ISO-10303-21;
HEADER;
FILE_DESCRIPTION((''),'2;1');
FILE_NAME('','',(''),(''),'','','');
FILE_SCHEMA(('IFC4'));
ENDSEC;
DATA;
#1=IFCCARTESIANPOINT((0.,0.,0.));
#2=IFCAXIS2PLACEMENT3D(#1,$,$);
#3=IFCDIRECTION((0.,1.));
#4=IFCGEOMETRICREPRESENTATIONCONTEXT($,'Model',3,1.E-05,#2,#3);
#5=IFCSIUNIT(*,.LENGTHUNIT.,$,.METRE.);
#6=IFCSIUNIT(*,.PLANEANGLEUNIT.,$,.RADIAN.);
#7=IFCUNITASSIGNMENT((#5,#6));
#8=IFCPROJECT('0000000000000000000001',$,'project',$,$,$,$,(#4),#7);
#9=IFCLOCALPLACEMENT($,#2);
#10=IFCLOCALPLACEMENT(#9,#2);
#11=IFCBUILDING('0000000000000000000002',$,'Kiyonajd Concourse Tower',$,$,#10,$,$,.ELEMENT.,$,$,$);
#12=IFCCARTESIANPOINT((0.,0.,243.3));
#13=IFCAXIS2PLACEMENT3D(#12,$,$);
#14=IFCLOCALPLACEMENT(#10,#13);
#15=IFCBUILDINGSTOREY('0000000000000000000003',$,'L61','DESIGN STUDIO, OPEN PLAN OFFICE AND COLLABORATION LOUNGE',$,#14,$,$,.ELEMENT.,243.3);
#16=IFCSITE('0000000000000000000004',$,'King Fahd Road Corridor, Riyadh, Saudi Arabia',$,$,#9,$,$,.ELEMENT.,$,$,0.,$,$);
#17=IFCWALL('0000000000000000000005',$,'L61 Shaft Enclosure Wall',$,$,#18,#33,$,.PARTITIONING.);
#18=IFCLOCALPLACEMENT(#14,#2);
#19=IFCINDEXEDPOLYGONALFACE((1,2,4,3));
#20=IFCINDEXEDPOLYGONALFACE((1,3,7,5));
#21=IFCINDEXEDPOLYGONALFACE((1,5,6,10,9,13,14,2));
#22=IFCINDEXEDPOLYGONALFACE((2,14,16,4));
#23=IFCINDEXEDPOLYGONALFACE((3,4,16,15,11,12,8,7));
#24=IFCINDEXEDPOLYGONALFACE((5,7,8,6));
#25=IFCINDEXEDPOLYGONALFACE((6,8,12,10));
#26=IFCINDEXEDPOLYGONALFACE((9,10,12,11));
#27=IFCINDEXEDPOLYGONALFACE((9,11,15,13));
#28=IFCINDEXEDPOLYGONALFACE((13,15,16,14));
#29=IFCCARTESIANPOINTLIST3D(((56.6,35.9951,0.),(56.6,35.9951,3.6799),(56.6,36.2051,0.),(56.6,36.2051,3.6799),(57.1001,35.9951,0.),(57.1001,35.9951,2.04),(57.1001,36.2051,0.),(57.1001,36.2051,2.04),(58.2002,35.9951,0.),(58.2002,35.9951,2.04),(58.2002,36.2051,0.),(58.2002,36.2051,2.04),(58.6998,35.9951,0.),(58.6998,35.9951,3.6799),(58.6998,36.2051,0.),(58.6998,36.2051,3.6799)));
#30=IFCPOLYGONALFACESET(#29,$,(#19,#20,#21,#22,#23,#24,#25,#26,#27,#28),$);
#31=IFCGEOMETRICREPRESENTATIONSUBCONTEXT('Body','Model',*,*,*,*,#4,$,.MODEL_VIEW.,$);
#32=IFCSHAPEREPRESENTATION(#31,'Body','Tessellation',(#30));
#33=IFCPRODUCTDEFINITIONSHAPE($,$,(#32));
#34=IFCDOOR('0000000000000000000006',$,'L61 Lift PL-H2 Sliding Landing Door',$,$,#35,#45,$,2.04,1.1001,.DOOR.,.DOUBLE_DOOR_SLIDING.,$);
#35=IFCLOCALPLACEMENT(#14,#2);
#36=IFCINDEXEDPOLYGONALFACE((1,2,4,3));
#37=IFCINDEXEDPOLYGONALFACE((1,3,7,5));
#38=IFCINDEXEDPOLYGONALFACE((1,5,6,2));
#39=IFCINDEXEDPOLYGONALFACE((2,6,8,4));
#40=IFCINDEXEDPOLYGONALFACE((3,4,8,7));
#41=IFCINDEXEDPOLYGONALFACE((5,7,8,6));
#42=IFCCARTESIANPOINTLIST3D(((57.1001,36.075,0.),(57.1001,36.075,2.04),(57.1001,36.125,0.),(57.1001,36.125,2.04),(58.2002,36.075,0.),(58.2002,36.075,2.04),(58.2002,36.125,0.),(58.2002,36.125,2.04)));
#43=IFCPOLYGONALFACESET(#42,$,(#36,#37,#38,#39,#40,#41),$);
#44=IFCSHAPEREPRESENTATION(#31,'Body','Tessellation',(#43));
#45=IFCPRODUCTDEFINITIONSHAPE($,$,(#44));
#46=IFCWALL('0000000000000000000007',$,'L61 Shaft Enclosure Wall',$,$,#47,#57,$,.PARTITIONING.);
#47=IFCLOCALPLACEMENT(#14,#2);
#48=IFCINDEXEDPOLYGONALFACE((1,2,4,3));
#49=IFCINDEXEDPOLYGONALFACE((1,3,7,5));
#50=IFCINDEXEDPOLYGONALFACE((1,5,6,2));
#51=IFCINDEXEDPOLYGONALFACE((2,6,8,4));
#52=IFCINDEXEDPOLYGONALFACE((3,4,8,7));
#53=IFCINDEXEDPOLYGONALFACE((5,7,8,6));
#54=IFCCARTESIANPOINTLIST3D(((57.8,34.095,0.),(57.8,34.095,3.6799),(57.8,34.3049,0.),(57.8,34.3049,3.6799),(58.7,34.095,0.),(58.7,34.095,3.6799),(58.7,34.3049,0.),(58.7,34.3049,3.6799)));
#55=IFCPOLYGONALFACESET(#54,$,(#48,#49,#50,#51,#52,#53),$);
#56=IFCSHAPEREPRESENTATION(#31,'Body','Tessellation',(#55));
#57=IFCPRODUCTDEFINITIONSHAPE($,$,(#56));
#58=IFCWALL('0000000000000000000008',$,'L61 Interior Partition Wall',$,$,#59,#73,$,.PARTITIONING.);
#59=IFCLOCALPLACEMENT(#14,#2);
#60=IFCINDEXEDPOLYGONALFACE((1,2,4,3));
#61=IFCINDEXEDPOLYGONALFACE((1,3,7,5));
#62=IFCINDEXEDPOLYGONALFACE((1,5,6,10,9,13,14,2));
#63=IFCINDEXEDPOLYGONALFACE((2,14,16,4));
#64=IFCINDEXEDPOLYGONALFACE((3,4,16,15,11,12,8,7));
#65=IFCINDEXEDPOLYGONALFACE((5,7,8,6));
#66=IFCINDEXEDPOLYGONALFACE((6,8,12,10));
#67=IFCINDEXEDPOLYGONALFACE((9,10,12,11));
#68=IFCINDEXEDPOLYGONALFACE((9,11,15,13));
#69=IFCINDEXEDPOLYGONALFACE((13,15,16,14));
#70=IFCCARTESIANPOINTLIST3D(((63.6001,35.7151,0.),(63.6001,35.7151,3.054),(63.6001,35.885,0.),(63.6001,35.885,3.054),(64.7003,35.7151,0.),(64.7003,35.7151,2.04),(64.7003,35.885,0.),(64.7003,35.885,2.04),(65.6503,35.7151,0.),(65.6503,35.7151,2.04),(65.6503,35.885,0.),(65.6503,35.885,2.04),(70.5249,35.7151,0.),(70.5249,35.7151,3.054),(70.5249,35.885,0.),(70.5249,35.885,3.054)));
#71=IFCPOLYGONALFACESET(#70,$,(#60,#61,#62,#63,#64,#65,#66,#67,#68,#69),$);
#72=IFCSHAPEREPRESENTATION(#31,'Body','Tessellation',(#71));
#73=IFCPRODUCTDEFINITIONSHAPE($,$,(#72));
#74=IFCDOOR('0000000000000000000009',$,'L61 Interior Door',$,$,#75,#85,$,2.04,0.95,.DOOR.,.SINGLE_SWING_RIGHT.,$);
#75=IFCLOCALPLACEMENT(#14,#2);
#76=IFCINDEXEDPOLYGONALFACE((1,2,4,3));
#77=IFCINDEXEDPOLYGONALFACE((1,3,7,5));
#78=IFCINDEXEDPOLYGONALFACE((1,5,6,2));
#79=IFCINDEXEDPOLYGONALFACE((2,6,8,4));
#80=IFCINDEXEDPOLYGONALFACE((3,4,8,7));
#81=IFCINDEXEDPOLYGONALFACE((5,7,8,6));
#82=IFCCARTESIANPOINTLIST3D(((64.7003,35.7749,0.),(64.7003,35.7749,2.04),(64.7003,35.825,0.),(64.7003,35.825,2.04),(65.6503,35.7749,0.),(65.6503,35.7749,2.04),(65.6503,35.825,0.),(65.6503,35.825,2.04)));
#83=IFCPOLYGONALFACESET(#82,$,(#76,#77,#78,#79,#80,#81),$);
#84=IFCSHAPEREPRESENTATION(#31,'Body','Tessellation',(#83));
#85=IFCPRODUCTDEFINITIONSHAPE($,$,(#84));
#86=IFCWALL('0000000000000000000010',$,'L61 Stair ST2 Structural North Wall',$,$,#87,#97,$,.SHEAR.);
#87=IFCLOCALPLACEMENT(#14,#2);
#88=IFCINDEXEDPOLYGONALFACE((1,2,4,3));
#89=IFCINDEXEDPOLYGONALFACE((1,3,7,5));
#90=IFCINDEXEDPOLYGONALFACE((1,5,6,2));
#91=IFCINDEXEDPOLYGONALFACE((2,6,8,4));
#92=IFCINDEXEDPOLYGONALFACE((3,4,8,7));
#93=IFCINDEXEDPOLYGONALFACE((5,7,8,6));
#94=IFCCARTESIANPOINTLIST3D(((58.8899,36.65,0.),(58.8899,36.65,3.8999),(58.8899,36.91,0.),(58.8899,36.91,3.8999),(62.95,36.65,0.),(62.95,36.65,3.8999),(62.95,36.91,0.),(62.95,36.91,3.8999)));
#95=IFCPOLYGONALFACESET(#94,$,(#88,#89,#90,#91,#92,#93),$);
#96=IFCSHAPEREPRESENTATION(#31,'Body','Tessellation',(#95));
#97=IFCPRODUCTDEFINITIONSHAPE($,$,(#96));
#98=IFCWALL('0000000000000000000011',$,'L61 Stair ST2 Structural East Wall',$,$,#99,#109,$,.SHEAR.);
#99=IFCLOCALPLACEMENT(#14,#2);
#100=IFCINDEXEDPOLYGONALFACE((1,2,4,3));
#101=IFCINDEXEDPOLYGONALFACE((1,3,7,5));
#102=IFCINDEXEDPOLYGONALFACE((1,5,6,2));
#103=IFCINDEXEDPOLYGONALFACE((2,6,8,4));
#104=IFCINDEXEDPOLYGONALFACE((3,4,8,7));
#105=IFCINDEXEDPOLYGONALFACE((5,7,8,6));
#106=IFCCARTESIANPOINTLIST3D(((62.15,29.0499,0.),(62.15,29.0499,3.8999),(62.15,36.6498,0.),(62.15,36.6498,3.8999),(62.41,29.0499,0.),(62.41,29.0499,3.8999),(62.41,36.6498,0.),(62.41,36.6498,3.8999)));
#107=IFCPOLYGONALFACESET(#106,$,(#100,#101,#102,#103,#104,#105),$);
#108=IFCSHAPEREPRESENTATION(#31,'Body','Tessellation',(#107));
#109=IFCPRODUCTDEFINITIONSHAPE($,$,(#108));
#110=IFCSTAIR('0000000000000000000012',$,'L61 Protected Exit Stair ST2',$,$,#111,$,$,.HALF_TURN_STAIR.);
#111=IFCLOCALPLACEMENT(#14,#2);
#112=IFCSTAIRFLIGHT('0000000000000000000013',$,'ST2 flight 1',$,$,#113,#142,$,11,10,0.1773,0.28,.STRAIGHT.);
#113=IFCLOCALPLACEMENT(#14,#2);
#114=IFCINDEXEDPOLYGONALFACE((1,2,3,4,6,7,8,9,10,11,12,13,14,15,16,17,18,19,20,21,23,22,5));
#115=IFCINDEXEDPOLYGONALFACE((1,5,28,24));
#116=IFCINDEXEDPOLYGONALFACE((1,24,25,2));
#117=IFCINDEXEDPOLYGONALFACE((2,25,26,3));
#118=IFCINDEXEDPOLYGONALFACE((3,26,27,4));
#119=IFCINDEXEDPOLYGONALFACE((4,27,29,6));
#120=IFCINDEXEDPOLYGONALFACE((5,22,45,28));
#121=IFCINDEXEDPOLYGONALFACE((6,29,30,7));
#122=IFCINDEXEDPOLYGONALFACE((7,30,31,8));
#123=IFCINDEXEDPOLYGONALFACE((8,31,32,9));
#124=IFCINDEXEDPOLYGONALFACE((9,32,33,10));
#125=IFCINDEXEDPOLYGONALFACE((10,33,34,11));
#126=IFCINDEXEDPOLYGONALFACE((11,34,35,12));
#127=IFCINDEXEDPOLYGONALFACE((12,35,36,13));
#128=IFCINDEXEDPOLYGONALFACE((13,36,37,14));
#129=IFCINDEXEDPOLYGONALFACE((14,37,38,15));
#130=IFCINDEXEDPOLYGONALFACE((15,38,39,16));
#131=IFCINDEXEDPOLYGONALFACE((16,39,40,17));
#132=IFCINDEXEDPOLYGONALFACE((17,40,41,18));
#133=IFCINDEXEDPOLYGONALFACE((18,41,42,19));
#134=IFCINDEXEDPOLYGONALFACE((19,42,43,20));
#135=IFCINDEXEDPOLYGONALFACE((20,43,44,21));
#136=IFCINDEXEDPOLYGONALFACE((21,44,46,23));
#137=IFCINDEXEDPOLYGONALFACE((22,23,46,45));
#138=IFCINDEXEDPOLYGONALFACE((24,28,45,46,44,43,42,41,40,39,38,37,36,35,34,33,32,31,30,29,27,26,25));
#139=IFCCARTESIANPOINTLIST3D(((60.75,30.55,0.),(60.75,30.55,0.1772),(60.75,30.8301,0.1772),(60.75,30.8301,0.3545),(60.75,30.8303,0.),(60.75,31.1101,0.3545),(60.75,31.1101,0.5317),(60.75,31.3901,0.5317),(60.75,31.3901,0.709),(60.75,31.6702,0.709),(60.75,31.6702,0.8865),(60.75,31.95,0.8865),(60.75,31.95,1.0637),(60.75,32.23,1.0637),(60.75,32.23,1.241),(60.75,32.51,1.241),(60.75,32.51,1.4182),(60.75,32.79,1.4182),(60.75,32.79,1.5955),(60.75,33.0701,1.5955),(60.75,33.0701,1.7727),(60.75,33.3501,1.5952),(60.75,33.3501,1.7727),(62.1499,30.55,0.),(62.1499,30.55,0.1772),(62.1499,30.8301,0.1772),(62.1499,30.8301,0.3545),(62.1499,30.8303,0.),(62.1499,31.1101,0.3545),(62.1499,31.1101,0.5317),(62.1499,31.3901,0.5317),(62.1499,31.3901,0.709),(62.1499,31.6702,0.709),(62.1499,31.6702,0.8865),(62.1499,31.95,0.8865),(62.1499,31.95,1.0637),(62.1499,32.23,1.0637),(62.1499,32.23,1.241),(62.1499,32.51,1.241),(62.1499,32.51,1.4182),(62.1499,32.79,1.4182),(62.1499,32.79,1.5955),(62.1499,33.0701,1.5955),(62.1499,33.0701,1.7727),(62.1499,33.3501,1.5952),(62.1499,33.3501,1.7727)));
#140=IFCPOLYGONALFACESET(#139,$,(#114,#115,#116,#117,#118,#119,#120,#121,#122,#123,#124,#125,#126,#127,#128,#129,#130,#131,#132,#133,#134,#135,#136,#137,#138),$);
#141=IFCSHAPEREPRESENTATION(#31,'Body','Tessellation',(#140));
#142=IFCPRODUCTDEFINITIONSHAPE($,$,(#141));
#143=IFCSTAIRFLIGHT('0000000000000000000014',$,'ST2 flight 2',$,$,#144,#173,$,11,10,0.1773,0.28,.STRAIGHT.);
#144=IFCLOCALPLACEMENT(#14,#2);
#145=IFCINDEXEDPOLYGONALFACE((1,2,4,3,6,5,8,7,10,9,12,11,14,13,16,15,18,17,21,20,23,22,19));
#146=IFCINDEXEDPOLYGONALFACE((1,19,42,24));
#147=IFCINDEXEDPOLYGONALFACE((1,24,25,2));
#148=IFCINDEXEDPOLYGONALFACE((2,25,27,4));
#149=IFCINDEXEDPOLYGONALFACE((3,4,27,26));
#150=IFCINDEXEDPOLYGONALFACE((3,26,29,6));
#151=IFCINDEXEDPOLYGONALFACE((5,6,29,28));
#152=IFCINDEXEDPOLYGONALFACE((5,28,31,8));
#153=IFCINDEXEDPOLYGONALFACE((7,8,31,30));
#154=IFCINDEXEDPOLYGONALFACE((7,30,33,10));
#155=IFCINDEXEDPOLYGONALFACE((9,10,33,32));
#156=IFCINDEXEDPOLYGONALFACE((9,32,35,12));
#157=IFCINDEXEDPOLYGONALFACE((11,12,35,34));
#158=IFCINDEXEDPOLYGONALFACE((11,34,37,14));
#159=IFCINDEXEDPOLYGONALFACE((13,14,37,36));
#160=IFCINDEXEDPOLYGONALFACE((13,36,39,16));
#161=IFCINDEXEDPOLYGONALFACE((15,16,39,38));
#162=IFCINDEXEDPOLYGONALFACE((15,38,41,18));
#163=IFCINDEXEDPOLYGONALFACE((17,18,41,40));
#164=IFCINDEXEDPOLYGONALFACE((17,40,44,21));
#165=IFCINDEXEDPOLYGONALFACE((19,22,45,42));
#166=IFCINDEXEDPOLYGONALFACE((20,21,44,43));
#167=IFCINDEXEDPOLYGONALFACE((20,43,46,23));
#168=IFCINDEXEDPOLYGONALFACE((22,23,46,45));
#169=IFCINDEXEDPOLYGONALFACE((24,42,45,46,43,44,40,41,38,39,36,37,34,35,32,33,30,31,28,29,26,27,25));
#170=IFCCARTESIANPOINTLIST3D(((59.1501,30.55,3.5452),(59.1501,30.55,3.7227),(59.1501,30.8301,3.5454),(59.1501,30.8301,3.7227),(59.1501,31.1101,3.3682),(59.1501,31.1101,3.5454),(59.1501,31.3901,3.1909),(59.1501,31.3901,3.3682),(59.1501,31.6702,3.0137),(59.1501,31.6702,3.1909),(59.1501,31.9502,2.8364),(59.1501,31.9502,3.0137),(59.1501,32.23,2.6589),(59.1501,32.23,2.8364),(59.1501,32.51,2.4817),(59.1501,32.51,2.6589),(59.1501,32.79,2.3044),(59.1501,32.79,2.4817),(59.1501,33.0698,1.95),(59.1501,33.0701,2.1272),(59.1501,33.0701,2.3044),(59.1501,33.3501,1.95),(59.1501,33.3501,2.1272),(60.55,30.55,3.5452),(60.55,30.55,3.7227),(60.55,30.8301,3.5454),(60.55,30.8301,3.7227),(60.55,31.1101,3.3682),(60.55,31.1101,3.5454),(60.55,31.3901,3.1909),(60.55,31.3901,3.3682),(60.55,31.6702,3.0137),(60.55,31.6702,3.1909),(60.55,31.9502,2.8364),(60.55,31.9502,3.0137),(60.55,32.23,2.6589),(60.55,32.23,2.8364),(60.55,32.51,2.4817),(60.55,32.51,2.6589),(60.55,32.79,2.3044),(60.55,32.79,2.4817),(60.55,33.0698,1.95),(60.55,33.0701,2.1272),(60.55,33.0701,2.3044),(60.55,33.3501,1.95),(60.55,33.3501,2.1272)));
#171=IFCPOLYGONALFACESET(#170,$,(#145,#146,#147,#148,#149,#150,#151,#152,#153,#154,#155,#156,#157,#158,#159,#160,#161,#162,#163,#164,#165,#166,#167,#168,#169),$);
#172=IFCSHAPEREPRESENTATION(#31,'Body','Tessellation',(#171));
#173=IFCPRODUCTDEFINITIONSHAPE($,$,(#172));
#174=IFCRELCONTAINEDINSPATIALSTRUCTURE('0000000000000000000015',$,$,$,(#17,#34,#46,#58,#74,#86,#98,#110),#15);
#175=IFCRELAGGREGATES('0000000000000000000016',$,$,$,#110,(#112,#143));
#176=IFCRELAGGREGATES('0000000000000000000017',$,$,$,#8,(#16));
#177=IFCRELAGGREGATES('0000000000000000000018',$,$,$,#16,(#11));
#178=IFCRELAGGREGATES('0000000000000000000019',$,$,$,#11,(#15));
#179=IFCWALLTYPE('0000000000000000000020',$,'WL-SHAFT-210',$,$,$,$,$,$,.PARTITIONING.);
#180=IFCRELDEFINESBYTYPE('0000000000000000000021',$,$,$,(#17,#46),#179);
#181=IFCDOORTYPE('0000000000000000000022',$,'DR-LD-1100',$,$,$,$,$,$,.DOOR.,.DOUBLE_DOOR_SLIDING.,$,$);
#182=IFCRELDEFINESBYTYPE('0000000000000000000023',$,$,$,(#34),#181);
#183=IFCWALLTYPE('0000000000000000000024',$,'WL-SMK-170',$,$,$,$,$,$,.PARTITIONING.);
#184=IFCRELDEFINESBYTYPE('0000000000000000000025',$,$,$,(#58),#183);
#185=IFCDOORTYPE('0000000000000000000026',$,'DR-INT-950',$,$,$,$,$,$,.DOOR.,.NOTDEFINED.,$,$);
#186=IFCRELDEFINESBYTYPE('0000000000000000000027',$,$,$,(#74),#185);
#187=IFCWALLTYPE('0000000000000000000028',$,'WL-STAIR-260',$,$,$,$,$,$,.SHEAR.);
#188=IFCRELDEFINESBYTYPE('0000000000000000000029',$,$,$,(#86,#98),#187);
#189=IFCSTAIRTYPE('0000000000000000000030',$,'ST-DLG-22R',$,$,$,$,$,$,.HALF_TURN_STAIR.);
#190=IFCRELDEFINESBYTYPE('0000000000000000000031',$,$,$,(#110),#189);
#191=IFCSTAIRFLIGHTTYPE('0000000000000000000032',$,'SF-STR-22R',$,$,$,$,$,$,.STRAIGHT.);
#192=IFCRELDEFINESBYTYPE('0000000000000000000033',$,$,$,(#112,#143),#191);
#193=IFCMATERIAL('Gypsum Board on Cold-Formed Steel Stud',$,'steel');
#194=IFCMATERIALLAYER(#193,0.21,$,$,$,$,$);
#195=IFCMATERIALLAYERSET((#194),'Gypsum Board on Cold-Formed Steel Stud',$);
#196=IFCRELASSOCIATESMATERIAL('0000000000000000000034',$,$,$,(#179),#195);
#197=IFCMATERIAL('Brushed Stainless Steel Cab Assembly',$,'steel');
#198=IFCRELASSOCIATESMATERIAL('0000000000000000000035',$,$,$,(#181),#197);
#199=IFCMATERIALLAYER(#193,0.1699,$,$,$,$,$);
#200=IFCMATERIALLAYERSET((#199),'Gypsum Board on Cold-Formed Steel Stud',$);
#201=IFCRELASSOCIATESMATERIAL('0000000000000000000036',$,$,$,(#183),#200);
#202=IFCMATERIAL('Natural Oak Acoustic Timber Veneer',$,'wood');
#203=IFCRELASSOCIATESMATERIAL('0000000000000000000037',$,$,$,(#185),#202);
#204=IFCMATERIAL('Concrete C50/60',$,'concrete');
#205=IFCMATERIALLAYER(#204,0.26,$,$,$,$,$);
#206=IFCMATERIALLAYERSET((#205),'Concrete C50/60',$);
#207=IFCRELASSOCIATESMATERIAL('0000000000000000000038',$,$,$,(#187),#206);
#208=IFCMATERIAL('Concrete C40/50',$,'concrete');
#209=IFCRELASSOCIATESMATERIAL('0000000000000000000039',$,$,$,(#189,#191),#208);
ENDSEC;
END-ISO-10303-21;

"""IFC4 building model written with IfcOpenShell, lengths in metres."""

from ifc_helpers import new_model, si_unit, direction, frame, frame_2d, origin, place, context, subcontext, project, spatial, polyline, rectangle, outline, extrude, material, layer, layer_set, type_object, element, fill, aggregate, save


model = new_model("IFC4")

# Units and contexts
model_context = context("Model", 3, precision=1e-05, world=origin(), true_north=direction((0.0, 1.0)))
body_context = subcontext(model_context, "Body", "Model", "MODEL_VIEW")
ifc_project = project(units=[si_unit("LENGTHUNIT", "METRE"), si_unit("PLANEANGLEUNIT", "RADIAN")], contexts=[model_context])

# Site, building, storey
site_placement = place(None, origin())
site = spatial("IfcSite", under=ifc_project, at=site_placement, Name="King Fahd Road Corridor, Riyadh, Saudi Arabia", CompositionType="ELEMENT", RefElevation=0.0)
building_placement = place(site_placement, origin())
building = spatial("IfcBuilding", under=site, at=building_placement, Name="Kiyonajd Concourse Tower", CompositionType="ELEMENT")
storey_placement = place(building_placement, frame((0.0, 0.0, 243.3)))
storey = spatial("IfcBuildingStorey", under=building, at=storey_placement, Name="L61", Description="DESIGN STUDIO, OPEN PLAN OFFICE AND COLLABORATION LOUNGE", CompositionType="ELEMENT", Elevation=243.3)

# Shared definitions
ifc_material_1 = material(Name="Concrete C50/60", Category="concrete")

# Shared definitions
ifc_material_2 = material(Name="Gypsum Board on Cold-Formed Steel Stud", Category="steel")
ifc_layer_1 = layer(ifc_material_2, 0.21)
ifc_layer_set_1 = layer_set([ifc_layer_1], Name="Gypsum Board on Cold-Formed Steel Stud")
wall_type_1 = type_object("IfcWallType", Name="WL-SHAFT-210", PredefinedType="PARTITIONING", material=ifc_layer_set_1)

# Wall, opening, door
wall_1_placement = place(storey_placement, frame((56.6001, 36.1001, 0.0), z_axis=(0.0, 0.0, 1.0), x_axis=(1.0, 0.0, 0.0)))
wall_1 = element("IfcWall", 1, at=wall_1_placement, inside=storey, type_object=wall_type_1, Name="L61 Shaft Enclosure Wall", PredefinedType="PARTITIONING", context=body_context, shape_type="SweptSolid", body=[
    extrude(rectangle(XDim=2.0999, YDim=0.21, at=frame_2d((1.0498, 0.0))), origin(), (0.0, 0.0, 1.0), 3.6799),
])
opening_1_placement = place(wall_1_placement, frame((0.5, 0.0, 0.0)))
opening_1 = element("IfcOpeningElement", 2, at=opening_1_placement, cuts=wall_1, PredefinedType="OPENING", context=body_context, shape_type="SweptSolid", body=[
    extrude(rectangle(XDim=1.1001, YDim=2.04, at=frame_2d((0.55, 1.02))), frame((0.0, 0.115, 0.0), z_axis=(0.0, -1.0, 0.0), x_axis=(1.0, 0.0, 0.0)), (0.0, 0.0, 1.0), 0.23),
])
ifc_material_3 = material(Name="Brushed Stainless Steel Cab Assembly", Category="steel")
door_type_1 = type_object("IfcDoorType", Name="DR-LD-1100", OperationType="DOUBLE_DOOR_SLIDING", PredefinedType="DOOR", material=ifc_material_3)
door_1_placement = place(opening_1_placement, origin())
door_1 = element("IfcDoor", 3, at=door_1_placement, inside=storey, type_object=door_type_1, Name="L61 Lift PL-H2 Sliding Landing Door", OperationType="DOUBLE_DOOR_SLIDING", OverallHeight=2.04, OverallWidth=1.1001, PredefinedType="DOOR", context=body_context, shape_type="SweptSolid", body=[
    extrude(rectangle(XDim=1.1001, YDim=2.04, at=frame_2d((0.55, 1.02))), frame((0.0, 0.0249, 0.0), z_axis=(0.0, -1.0, 0.0), x_axis=(1.0, 0.0, 0.0)), (0.0, 0.0, 1.0), 0.05),
])
fill(opening_1, door_1)

# Wall
wall_2_placement = place(storey_placement, frame((57.8, 34.2, 0.0), z_axis=(0.0, 0.0, 1.0), x_axis=(1.0, 0.0, 0.0)))
element("IfcWall", 4, at=wall_2_placement, inside=storey, type_object=wall_type_1, Name="L61 Shaft Enclosure Wall", PredefinedType="PARTITIONING", context=body_context, shape_type="SweptSolid", body=[
    extrude(rectangle(XDim=0.8999, YDim=0.21, at=frame_2d((0.45, 0.0))), origin(), (0.0, 0.0, 1.0), 3.6799),
])

# Wall, opening, door
ifc_layer_2 = layer(ifc_material_2, 0.1699)
ifc_layer_set_2 = layer_set([ifc_layer_2], Name="Gypsum Board on Cold-Formed Steel Stud")
wall_type_2 = type_object("IfcWallType", Name="WL-SMK-170", PredefinedType="PARTITIONING", material=ifc_layer_set_2)
wall_3_placement = place(storey_placement, frame((63.6001, 35.8, 0.0), z_axis=(0.0, 0.0, 1.0), x_axis=(1.0, 0.0, 0.0)))
wall_3 = element("IfcWall", 5, at=wall_3_placement, inside=storey, type_object=wall_type_2, Name="L61 Interior Partition Wall", PredefinedType="PARTITIONING", context=body_context, shape_type="SweptSolid", body=[
    extrude(rectangle(XDim=6.9248, YDim=0.1699, at=frame_2d((3.4624, 0.0))), origin(), (0.0, 0.0, 1.0), 3.054),
])
opening_2_placement = place(wall_3_placement, frame((1.1001, 0.0, 0.0)))
opening_2 = element("IfcOpeningElement", 6, at=opening_2_placement, cuts=wall_3, PredefinedType="OPENING", context=body_context, shape_type="SweptSolid", body=[
    extrude(rectangle(XDim=0.95, YDim=2.04, at=frame_2d((0.4751, 1.02))), frame((0.0, 0.095, 0.0), z_axis=(0.0, -1.0, 0.0), x_axis=(1.0, 0.0, 0.0)), (0.0, 0.0, 1.0), 0.1899),
])
ifc_material_4 = material(Name="Natural Oak Acoustic Timber Veneer", Category="wood")
door_type_2 = type_object("IfcDoorType", Name="DR-INT-950", OperationType="NOTDEFINED", PredefinedType="DOOR", material=ifc_material_4)
door_2_placement = place(opening_2_placement, origin())
door_2 = element("IfcDoor", 7, at=door_2_placement, inside=storey, type_object=door_type_2, Name="L61 Interior Door", OperationType="SINGLE_SWING_RIGHT", OverallHeight=2.04, OverallWidth=0.95, PredefinedType="DOOR", context=body_context, shape_type="SweptSolid", body=[
    extrude(rectangle(XDim=0.95, YDim=2.04, at=frame_2d((0.4751, 1.02))), frame((0.0, 0.0249, 0.0), z_axis=(0.0, -1.0, 0.0), x_axis=(1.0, 0.0, 0.0)), (0.0, 0.0, 1.0), 0.05),
])
fill(opening_2, door_2)

# Walls
ifc_layer_3 = layer(ifc_material_1, 0.26)
ifc_layer_set_3 = layer_set([ifc_layer_3], Name="Concrete C50/60")
wall_type_3 = type_object("IfcWallType", Name="WL-STAIR-260", PredefinedType="SHEAR", material=ifc_layer_set_3)
wall_4_placement = place(storey_placement, frame((58.8899, 36.78, 0.0), z_axis=(0.0, 0.0, 1.0), x_axis=(1.0, 0.0, 0.0)))
element("IfcWall", 8, at=wall_4_placement, inside=storey, type_object=wall_type_3, Name="L61 Stair ST2 Structural North Wall", PredefinedType="SHEAR", context=body_context, shape_type="SweptSolid", body=[
    extrude(rectangle(XDim=4.0601, YDim=0.26, at=frame_2d((2.03, 0.0))), origin(), (0.0, 0.0, 1.0), 3.8999),
])
wall_5_placement = place(storey_placement, frame((62.28, 29.05, 0.0), z_axis=(0.0, 0.0, 1.0), x_axis=(0.0, 1.0, 0.0)))
element("IfcWall", 9, at=wall_5_placement, inside=storey, type_object=wall_type_3, Name="L61 Stair ST2 Structural East Wall", PredefinedType="SHEAR", context=body_context, shape_type="SweptSolid", body=[
    extrude(rectangle(XDim=7.5999, YDim=0.26, at=frame_2d((3.7998, 0.0))), origin(), (0.0, 0.0, 1.0), 3.8999),
])

# Stair, stair flights
ifc_material_5 = material(Name="Concrete C40/50", Category="concrete")
stair_type = type_object("IfcStairType", Name="ST-DLG-22R", PredefinedType="HALF_TURN_STAIR", material=ifc_material_5)
stair_placement = place(storey_placement, origin())
stair = element("IfcStair", 10, at=stair_placement, inside=storey, type_object=stair_type, Name="L61 Protected Exit Stair ST2", PredefinedType="HALF_TURN_STAIR")
stair_flight_type = type_object("IfcStairFlightType", Name="SF-STR-22R", PredefinedType="STRAIGHT", material=ifc_material_5)
stair_flight_1_placement = place(storey_placement, frame((61.45, 30.55, 0.0), z_axis=(0.0, 0.0, 1.0), x_axis=(0.0, 1.0, 0.0)))
stair_flight_1 = element("IfcStairFlight", 11, at=stair_flight_1_placement, type_object=stair_flight_type, Name="ST2 flight 1", NumberOfRisers=11, NumberOfTreads=10, PredefinedType="STRAIGHT", RiserHeight=0.1773, TreadLength=0.28, context=body_context, shape_type="SweptSolid", body=[
    extrude(outline(polyline([(0.0, 0.0), (0.0, 0.1772), (0.28, 0.1772), (0.28, 0.3545), (0.5601, 0.3545), (0.5601, 0.5317), (0.8401, 0.5317), (0.8401, 0.709), (1.1201, 0.709), (1.1201, 0.8865), (1.3999, 0.8865), (1.3999, 1.0637), (1.6799, 1.0637), (1.6799, 1.241), (1.96, 1.241), (1.96, 1.4182), (2.24, 1.4182), (2.24, 1.5955), (2.52, 1.5955), (2.52, 1.7727), (2.8, 1.7727), (2.8, 1.95), (2.8, 1.5952), (0.2803, 0.0), (0.0, 0.0)])), frame((0.0, 0.7, 0.0), z_axis=(0.0, -1.0, 0.0), x_axis=(1.0, 0.0, 0.0)), (0.0, 0.0, 1.0), 1.3999),
])
stair_flight_2_placement = place(storey_placement, frame((59.8501, 33.3501, 1.95), z_axis=(0.0, 0.0, 1.0), x_axis=(0.0, -1.0, 0.0)))
stair_flight_2 = element("IfcStairFlight", 12, at=stair_flight_2_placement, type_object=stair_flight_type, Name="ST2 flight 2", NumberOfRisers=11, NumberOfTreads=10, PredefinedType="STRAIGHT", RiserHeight=0.1773, TreadLength=0.28, context=body_context, shape_type="SweptSolid", body=[
    extrude(outline(polyline([(0.0, 0.0), (0.0, 0.1772), (0.28, 0.1772), (0.28, 0.3545), (0.5601, 0.3545), (0.5601, 0.5317), (0.8401, 0.5317), (0.8401, 0.709), (1.1201, 0.709), (1.1201, 0.8865), (1.3999, 0.8865), (1.3999, 1.0637), (1.6799, 1.0637), (1.6799, 1.241), (1.96, 1.241), (1.96, 1.4182), (2.24, 1.4182), (2.24, 1.5955), (2.52, 1.5955), (2.52, 1.7727), (2.8, 1.7727), (2.8, 1.95), (2.8, 1.5952), (0.2803, 0.0), (0.0, 0.0)])), frame((0.0, 0.7, 0.0), z_axis=(0.0, -1.0, 0.0), x_axis=(1.0, 0.0, 0.0)), (0.0, 0.0, 1.0), 1.3999),
])
aggregate(stair, [stair_flight_1, stair_flight_2])

save(model, "model.ifc")
